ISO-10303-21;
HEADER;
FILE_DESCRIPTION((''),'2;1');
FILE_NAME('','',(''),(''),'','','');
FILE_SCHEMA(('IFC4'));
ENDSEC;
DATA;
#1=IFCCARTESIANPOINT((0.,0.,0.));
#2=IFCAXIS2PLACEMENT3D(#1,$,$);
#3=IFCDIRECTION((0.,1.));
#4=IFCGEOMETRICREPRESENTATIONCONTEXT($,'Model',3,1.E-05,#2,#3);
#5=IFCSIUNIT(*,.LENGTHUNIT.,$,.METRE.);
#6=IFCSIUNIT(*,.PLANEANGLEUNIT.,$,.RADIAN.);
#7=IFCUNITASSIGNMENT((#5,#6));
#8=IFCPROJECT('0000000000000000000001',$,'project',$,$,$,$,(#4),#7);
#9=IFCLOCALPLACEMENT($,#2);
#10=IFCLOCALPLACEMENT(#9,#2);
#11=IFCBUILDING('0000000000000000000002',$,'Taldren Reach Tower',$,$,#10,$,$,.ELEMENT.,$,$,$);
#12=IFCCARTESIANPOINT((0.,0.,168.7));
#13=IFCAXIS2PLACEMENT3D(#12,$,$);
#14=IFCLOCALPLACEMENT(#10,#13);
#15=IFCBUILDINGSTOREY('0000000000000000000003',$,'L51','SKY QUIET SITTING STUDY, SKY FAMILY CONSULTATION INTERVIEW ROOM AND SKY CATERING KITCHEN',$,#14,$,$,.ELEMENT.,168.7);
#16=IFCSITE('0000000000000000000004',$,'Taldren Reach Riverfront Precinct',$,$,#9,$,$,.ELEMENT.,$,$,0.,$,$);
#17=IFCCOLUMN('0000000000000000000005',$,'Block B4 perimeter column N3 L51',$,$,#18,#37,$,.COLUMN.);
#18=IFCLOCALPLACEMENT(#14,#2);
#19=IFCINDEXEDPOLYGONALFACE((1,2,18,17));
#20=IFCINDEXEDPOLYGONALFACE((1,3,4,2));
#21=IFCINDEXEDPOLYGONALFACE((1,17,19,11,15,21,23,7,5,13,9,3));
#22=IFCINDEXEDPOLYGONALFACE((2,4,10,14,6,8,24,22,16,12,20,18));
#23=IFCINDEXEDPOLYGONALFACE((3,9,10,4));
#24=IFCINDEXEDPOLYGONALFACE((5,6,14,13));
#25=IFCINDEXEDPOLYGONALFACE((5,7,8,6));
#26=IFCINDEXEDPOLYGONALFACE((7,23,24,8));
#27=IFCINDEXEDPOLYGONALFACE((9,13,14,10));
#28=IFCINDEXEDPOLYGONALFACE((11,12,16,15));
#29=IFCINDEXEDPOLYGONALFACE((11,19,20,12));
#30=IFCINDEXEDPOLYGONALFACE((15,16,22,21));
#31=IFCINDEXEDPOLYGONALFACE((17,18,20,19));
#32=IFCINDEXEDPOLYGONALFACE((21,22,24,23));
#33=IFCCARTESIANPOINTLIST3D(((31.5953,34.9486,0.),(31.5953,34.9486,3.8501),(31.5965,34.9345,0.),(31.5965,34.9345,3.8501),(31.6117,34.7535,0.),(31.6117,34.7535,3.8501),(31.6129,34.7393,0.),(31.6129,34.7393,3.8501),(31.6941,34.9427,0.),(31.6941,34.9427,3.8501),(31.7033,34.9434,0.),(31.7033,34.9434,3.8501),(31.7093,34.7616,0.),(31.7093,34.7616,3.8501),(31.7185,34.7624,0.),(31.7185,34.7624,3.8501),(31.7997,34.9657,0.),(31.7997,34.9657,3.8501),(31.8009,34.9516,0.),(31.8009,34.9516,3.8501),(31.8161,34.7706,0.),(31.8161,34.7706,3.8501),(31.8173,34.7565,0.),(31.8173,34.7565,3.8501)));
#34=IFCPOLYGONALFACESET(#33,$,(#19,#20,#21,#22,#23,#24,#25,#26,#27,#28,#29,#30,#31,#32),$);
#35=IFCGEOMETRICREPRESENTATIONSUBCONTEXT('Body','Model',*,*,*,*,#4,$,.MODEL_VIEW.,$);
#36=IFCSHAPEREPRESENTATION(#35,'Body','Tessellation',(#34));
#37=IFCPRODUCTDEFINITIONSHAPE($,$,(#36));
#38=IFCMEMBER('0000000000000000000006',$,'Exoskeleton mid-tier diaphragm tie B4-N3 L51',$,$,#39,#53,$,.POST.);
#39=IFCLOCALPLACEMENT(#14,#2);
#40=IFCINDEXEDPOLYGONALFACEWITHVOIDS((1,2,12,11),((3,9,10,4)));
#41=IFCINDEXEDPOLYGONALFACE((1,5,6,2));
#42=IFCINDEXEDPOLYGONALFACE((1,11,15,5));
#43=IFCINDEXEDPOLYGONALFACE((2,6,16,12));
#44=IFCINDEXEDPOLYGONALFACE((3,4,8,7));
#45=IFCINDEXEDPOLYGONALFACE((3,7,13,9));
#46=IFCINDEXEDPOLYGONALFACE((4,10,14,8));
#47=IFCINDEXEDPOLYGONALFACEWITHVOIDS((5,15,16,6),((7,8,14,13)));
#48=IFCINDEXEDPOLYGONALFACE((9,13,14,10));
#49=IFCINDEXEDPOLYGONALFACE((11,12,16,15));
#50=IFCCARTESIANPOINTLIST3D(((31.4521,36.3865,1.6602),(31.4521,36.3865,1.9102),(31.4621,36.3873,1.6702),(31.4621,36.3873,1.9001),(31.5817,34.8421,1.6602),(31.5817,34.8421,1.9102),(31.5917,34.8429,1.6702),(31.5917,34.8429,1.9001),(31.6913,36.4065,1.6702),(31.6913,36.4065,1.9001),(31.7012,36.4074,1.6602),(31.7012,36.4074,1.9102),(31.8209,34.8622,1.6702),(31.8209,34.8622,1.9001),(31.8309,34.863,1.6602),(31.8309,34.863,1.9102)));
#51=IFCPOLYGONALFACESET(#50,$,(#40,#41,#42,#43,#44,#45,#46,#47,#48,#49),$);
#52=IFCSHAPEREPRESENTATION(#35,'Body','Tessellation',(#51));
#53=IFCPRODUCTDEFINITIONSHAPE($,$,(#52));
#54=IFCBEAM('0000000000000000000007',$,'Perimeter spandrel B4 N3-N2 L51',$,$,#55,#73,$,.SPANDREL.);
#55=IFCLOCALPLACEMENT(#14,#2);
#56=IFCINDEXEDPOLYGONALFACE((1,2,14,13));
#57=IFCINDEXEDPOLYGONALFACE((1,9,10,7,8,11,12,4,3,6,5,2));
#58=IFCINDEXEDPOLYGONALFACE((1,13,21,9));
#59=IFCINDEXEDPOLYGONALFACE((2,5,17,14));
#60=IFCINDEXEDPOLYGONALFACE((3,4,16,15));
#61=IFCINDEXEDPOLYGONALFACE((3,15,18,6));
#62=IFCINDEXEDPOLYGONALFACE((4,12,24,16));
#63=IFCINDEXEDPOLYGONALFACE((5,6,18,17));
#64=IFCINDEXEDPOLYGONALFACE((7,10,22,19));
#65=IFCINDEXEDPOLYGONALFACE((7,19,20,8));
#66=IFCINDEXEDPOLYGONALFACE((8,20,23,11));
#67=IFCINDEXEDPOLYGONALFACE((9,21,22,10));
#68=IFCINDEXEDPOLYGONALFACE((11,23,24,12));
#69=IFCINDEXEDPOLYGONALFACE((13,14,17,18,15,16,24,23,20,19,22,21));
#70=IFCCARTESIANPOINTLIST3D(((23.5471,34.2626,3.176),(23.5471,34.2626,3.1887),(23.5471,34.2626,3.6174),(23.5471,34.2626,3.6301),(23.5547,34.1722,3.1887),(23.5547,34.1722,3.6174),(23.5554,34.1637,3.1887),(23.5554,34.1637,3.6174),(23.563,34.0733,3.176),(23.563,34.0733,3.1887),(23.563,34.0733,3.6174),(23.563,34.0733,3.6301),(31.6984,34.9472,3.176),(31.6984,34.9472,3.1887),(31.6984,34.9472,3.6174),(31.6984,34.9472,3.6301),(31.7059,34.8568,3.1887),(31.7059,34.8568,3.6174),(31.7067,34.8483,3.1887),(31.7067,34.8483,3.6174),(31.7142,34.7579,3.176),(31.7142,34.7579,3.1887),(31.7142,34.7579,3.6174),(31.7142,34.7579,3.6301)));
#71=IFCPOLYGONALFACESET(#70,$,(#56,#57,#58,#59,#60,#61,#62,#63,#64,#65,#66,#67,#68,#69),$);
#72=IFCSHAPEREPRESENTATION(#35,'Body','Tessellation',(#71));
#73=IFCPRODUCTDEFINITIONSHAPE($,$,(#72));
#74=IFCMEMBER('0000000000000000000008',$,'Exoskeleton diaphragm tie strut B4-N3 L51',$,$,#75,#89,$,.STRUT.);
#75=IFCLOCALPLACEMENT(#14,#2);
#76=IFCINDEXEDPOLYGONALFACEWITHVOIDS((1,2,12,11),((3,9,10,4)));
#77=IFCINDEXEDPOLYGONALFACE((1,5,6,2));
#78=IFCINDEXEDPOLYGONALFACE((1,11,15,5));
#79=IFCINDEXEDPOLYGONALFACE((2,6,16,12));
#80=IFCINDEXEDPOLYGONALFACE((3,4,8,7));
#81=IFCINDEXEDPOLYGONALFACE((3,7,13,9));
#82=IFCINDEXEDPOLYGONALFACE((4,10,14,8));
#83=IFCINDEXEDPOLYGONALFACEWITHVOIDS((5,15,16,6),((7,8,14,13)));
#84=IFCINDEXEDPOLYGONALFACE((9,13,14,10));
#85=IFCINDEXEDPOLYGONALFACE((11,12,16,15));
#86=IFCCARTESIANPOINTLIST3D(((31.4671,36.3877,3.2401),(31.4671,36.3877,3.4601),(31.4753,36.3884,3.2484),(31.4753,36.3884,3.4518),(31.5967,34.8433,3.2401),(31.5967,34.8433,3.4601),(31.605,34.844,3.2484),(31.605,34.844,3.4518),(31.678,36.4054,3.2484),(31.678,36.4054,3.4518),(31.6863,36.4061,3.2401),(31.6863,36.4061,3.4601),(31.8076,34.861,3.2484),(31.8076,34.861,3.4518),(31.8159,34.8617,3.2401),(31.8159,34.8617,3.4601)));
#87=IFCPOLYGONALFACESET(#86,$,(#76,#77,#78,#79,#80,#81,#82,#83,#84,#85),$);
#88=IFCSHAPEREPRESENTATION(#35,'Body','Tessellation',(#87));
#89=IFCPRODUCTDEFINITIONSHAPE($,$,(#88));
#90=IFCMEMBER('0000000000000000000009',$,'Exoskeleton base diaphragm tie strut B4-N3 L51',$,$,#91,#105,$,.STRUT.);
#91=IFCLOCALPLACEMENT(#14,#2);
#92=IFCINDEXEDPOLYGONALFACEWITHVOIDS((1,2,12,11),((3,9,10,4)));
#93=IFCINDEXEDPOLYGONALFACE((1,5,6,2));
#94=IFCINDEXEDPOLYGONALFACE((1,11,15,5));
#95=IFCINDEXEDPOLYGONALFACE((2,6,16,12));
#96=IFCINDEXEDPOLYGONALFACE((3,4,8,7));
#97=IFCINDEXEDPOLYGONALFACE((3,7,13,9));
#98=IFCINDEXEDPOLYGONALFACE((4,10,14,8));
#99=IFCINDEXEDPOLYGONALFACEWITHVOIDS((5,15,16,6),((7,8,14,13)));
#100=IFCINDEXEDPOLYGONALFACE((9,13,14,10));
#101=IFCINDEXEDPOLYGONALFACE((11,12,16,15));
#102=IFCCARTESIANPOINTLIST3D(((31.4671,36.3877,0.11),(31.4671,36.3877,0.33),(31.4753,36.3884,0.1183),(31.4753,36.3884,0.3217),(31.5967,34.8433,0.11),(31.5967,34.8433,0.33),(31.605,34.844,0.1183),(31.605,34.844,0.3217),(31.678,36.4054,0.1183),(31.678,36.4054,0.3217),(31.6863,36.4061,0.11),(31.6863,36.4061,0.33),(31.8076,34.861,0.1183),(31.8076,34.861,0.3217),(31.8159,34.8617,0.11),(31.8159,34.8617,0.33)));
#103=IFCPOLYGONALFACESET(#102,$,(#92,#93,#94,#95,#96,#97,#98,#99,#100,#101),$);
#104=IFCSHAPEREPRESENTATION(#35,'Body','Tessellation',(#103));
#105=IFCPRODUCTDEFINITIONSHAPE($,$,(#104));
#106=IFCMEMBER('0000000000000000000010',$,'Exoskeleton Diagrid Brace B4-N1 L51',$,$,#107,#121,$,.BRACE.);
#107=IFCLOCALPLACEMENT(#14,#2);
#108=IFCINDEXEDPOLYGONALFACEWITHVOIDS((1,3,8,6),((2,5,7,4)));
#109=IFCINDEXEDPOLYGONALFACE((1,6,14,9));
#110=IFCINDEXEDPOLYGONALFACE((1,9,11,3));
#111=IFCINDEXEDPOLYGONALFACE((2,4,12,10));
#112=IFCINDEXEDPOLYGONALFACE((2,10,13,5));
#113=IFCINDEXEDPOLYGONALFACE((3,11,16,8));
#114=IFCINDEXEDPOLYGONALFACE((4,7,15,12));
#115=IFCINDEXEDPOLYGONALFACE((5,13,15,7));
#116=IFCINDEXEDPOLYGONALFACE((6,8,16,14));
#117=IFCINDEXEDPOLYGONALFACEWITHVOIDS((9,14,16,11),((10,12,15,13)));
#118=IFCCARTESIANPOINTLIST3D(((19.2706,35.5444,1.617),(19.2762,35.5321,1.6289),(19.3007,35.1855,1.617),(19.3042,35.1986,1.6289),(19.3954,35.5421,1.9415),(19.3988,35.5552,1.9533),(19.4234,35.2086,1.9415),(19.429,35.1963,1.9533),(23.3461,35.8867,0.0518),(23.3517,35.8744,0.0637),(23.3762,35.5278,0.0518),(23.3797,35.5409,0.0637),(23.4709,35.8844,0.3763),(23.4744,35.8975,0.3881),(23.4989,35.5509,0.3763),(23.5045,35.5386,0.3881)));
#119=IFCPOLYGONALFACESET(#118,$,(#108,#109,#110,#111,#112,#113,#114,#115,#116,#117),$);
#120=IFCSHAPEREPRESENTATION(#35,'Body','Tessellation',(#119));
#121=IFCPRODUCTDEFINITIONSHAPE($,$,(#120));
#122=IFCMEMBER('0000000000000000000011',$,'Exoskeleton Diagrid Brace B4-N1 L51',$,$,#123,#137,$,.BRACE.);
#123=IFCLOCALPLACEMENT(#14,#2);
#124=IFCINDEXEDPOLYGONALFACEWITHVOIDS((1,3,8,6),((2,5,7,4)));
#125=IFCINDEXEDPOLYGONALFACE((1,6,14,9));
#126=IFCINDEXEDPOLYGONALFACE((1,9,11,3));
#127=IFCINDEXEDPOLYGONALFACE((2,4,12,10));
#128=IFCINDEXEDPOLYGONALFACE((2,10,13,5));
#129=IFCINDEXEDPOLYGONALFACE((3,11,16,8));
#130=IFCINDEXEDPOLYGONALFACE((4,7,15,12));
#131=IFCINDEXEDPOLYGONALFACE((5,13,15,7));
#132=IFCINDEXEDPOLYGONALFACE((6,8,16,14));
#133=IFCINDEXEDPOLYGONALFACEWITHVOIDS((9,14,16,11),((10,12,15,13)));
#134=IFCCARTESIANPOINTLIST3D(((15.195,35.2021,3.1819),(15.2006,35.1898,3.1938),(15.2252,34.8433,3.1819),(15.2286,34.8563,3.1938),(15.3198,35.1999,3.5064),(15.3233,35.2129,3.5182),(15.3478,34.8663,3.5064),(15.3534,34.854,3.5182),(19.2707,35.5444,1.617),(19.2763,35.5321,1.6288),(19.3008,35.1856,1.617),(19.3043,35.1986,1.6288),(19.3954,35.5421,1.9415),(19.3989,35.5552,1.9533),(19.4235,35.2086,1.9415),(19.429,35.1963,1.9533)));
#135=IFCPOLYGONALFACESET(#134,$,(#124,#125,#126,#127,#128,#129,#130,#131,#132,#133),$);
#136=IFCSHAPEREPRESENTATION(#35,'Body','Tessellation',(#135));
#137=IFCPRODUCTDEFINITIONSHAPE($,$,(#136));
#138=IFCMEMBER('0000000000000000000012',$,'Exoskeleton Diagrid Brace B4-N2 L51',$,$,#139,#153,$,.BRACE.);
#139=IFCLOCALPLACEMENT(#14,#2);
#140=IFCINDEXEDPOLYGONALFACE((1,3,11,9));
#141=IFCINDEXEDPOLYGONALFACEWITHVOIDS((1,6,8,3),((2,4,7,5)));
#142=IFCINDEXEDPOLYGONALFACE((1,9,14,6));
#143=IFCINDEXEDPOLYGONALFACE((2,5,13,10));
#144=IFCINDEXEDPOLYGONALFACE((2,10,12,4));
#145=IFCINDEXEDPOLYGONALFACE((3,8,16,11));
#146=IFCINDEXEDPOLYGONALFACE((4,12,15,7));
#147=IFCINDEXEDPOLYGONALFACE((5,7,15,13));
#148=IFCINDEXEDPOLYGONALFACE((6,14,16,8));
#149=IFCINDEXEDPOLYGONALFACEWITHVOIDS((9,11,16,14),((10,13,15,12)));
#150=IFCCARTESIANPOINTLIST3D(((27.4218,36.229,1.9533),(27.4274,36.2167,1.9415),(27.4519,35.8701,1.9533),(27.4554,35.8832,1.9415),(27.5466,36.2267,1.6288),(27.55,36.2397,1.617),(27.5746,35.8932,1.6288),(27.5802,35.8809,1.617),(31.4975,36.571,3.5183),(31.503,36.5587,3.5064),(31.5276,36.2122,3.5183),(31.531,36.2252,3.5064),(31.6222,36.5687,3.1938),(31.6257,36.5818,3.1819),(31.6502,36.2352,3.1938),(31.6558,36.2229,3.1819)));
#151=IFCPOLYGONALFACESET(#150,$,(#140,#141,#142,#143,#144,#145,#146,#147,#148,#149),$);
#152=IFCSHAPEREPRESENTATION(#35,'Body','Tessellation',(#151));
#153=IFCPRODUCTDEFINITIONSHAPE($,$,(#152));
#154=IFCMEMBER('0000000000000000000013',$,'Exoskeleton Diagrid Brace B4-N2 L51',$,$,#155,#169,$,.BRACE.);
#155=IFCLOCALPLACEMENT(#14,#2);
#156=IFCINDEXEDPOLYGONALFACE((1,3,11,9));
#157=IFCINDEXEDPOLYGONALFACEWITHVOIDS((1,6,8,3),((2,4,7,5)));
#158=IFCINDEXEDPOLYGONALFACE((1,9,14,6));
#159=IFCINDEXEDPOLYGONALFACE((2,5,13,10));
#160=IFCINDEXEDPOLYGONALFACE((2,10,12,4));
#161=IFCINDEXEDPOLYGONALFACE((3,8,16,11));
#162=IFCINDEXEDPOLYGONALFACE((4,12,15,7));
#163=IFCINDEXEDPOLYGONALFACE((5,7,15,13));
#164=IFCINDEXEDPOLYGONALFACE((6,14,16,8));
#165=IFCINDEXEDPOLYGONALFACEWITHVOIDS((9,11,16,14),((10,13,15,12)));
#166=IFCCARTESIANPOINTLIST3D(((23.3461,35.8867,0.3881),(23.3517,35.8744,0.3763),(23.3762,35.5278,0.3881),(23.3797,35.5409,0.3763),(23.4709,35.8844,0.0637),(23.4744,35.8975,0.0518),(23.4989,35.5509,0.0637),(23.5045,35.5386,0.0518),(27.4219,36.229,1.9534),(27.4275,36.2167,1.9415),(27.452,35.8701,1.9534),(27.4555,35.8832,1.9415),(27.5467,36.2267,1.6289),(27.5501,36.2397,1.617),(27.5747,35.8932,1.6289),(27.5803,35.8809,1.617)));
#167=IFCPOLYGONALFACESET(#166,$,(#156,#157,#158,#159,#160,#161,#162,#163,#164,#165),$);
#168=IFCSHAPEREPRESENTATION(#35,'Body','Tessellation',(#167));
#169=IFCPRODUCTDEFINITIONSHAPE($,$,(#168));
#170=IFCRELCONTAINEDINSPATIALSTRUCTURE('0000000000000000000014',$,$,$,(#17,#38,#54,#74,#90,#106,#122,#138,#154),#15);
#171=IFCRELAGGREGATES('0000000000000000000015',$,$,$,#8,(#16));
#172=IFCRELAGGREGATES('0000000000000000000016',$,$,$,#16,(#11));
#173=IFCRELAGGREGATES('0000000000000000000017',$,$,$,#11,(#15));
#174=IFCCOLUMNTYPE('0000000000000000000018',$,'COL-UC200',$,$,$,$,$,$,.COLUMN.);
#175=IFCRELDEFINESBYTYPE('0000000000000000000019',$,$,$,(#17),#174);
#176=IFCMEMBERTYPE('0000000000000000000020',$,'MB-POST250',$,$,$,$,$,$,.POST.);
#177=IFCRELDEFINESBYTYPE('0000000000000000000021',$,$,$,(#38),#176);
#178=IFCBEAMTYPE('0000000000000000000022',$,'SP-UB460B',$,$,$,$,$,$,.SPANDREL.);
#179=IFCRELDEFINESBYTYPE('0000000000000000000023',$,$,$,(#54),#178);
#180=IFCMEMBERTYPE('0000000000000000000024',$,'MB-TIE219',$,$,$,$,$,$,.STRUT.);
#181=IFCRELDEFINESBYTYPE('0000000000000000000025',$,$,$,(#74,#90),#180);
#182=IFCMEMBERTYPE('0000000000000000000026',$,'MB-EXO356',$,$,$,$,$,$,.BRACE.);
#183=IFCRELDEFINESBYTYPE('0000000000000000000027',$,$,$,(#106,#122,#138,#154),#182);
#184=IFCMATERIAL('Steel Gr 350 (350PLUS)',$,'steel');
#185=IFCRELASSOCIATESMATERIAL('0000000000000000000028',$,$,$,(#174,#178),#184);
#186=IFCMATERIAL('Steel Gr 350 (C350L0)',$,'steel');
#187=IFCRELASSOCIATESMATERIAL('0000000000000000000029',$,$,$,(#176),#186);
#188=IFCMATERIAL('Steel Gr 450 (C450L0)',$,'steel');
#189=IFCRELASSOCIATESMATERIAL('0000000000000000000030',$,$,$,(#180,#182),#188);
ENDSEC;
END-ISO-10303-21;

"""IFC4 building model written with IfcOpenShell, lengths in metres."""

from ifc_helpers import new_model, si_unit, direction, frame, origin, origin_2d, place, context, subcontext, project, spatial, hollow_rectangle, i_section, extrude, source, transform, mapped, material, material_profile, profile_set, type_object, element, save


model = new_model("IFC4")

# Units and contexts
model_context = context("Model", 3, precision=1e-05, world=origin(), true_north=direction((0.0, 1.0)))
body_context = subcontext(model_context, "Body", "Model", "MODEL_VIEW")
ifc_project = project(units=[si_unit("LENGTHUNIT", "METRE"), si_unit("PLANEANGLEUNIT", "RADIAN")], contexts=[model_context])

# Site, building, storey
site_placement = place(None, origin())
site = spatial("IfcSite", under=ifc_project, at=site_placement, Name="Taldren Reach Riverfront Precinct", CompositionType="ELEMENT", RefElevation=0.0)
building_placement = place(site_placement, origin())
building = spatial("IfcBuilding", under=site, at=building_placement, Name="Taldren Reach Tower", CompositionType="ELEMENT")
storey_placement = place(building_placement, frame((0.0, 0.0, 168.7)))
storey = spatial("IfcBuildingStorey", under=building, at=storey_placement, Name="L51", Description="SKY QUIET SITTING STUDY, SKY FAMILY CONSULTATION INTERVIEW ROOM AND SKY CATERING KITCHEN", CompositionType="ELEMENT", Elevation=168.7)

# Column
ifc_material_1 = material(Name="Steel Gr 350 (350PLUS)", Category="steel")
ifc_material_profile_1 = material_profile(ifc_material_1, i_section(OverallWidth=0.2051, OverallDepth=0.21, WebThickness=0.0093, FlangeThickness=0.0142, at=origin_2d()), Name="200UC59.5")
ifc_profile_set_1 = profile_set([ifc_material_profile_1], Name="Steel Gr 350 (350PLUS)")
column_type = type_object("IfcColumnType", Name="COL-UC200", PredefinedType="COLUMN", material=ifc_profile_set_1)
shared_shape_1 = source(origin(), body_context, "Body", "SweptSolid", [
    extrude(i_section(OverallWidth=0.2051, OverallDepth=0.21, WebThickness=0.0093, FlangeThickness=0.0142, at=origin_2d()), origin(), (0.0, 0.0, 1.0), 3.8501),
])
column_placement = place(storey_placement, frame((31.7063, 34.8525, 0.0), z_axis=(0.0, 0.0, 1.0), x_axis=(0.996493, 0.083678, 0.0)))
element("IfcColumn", 1, at=column_placement, inside=storey, type_object=column_type, Name="Block B4 perimeter column N3 L51", PredefinedType="COLUMN", context=body_context, shape_type="MappedRepresentation", body=[
    mapped(shared_shape_1, transform((0.0, 0.0, 0.0), scale=1.0)),
])

# Member
ifc_material_2 = material(Name="Steel Gr 350 (C350L0)", Category="steel")
ifc_material_profile_2 = material_profile(ifc_material_2, hollow_rectangle(XDim=0.25, YDim=0.25, WallThickness=0.01, at=origin_2d()), Name="250x250x10.0SHS")
ifc_profile_set_2 = profile_set([ifc_material_profile_2], Name="Steel Gr 350 (C350L0)")
member_type_1 = type_object("IfcMemberType", Name="MB-POST250", PredefinedType="POST", material=ifc_profile_set_2)
shared_shape_2 = source(origin(), body_context, "Body", "SweptSolid", [
    extrude(hollow_rectangle(XDim=0.25, YDim=0.25, WallThickness=0.01, at=origin_2d()), origin(), (0.0, 0.0, 1.0), 1.5498),
])
member_1_placement = place(storey_placement, frame((31.7063, 34.8525, 1.7852), z_axis=(-0.083645, 0.996496, 0.0), x_axis=(-0.996496, -0.083645, 0.0)))
element("IfcMember", 2, at=member_1_placement, inside=storey, type_object=member_type_1, Name="Exoskeleton mid-tier diaphragm tie B4-N3 L51", PredefinedType="POST", context=body_context, shape_type="MappedRepresentation", body=[
    mapped(shared_shape_2, transform((0.0, 0.0, 0.0), scale=1.0)),
])

# Beam
ifc_material_profile_3 = material_profile(ifc_material_1, i_section(OverallWidth=0.1899, OverallDepth=0.4541, WebThickness=0.0085, FlangeThickness=0.0127, at=origin_2d()), Name="460UB67.1")
ifc_profile_set_3 = profile_set([ifc_material_profile_3], Name="Steel Gr 350 (350PLUS)")
beam_type = type_object("IfcBeamType", Name="SP-UB460B", PredefinedType="SPANDREL", material=ifc_profile_set_3)
shared_shape_3 = source(origin(), body_context, "Body", "SweptSolid", [
    extrude(i_section(OverallWidth=0.1899, OverallDepth=0.4541, WebThickness=0.0085, FlangeThickness=0.0127, at=origin_2d()), origin(), (0.0, 0.0, 1.0), 8.1799),
])
beam_placement = place(storey_placement, frame((31.7063, 34.8525, 3.4031), z_axis=(-0.996492, -0.08369, 0.0), x_axis=(0.08369, -0.996492, 0.0)))
element("IfcBeam", 3, at=beam_placement, inside=storey, type_object=beam_type, Name="Perimeter spandrel B4 N3-N2 L51", PredefinedType="SPANDREL", context=body_context, shape_type="MappedRepresentation", body=[
    mapped(shared_shape_3, transform((0.0, 0.0, 0.0), scale=1.0)),
])

# Members
ifc_material_3 = material(Name="Steel Gr 450 (C450L0)", Category="steel")
ifc_material_profile_4 = material_profile(ifc_material_3, hollow_rectangle(XDim=0.22, YDim=0.22, WallThickness=0.0083, at=origin_2d()), Name="220x220x8.2SHS")
ifc_profile_set_4 = profile_set([ifc_material_profile_4], Name="Steel Gr 450 (C450L0)")
member_type_2 = type_object("IfcMemberType", Name="MB-TIE219", PredefinedType="STRUT", material=ifc_profile_set_4)
shared_shape_4 = source(origin(), body_context, "Body", "SweptSolid", [
    extrude(hollow_rectangle(XDim=0.22, YDim=0.22, WallThickness=0.0083, at=origin_2d()), origin(), (0.0, 0.0, 1.0), 1.5498),
])
for number, where, z_axis, x_axis, name in (
    (4, (31.7063, 34.8525, 3.3501), (-0.083645, 0.996496, 0.0), (-0.996496, -0.083645, 0.0), "Exoskeleton diaphragm tie strut B4-N3 L51"),
    (5, (31.7063, 34.8525, 0.22), (-0.083645, 0.996496, 0.0), (-0.996496, -0.083645, 0.0), "Exoskeleton base diaphragm tie strut B4-N3 L51"),
):
    element("IfcMember", number, at=place(storey_placement, frame(where, z_axis=z_axis, x_axis=x_axis)), inside=storey, type_object=member_type_2, Name=name, PredefinedType="STRUT", context=body_context, shape_type="MappedRepresentation", body=[
        mapped(shared_shape_4, transform((0.0, 0.0, 0.0), scale=1.0)),
    ])
ifc_material_profile_5 = material_profile(ifc_material_3, hollow_rectangle(XDim=0.3601, YDim=0.3601, WallThickness=0.0127, at=origin_2d()), Name="360x360x12.7SHS")
ifc_profile_set_5 = profile_set([ifc_material_profile_5], Name="Steel Gr 450 (C450L0)")
member_type_3 = type_object("IfcMemberType", Name="MB-EXO356", PredefinedType="BRACE", material=ifc_profile_set_5)
shared_shape_5 = source(origin(), body_context, "Body", "SweptSolid", [
    extrude(hollow_rectangle(XDim=0.3601, YDim=0.3601, WallThickness=0.0127, at=origin_2d()), origin(), (0.0, 0.0, 1.0), 4.3792),
])
for number, where, z_axis, x_axis, name in (
    (6, (23.4253, 35.7126, 0.22), (-0.930665, -0.078164, 0.357425), (0.083693, -0.996492, 0.0), "Exoskeleton Diagrid Brace B4-N1 L51"),
    (7, (19.3499, 35.3704, 1.7852), (-0.930691, -0.078162, 0.357358), (0.083688, -0.996492, 0.0), "Exoskeleton Diagrid Brace B4-N1 L51"),
    (8, (27.501, 36.0549, 1.7852), (0.930695, 0.078106, 0.357359), (-0.083628, 0.996497, 0.0), "Exoskeleton Diagrid Brace B4-N2 L51"),
):
    element("IfcMember", number, at=place(storey_placement, frame(where, z_axis=z_axis, x_axis=x_axis)), inside=storey, type_object=member_type_3, Name=name, PredefinedType="BRACE", context=body_context, shape_type="MappedRepresentation", body=[
        mapped(shared_shape_5, transform((0.0, 0.0, 0.0), scale=1.0)),
    ])
shared_shape_6 = source(origin(), body_context, "Body", "SweptSolid", [
    extrude(hollow_rectangle(XDim=0.3601, YDim=0.3601, WallThickness=0.0127, at=origin_2d()), origin(), (0.0, 0.0, 1.0), 4.3794),
])
member_2_placement = place(storey_placement, frame((23.4253, 35.7126, 0.22), z_axis=(0.930673, 0.07816, 0.357406), x_axis=(-0.083688, 0.996492, 0.0)))
element("IfcMember", 9, at=member_2_placement, inside=storey, type_object=member_type_3, Name="Exoskeleton Diagrid Brace B4-N2 L51", PredefinedType="BRACE", context=body_context, shape_type="MappedRepresentation", body=[
    mapped(shared_shape_6, transform((0.0, 0.0, 0.0), scale=1.0)),
])

save(model, "model.ifc")
